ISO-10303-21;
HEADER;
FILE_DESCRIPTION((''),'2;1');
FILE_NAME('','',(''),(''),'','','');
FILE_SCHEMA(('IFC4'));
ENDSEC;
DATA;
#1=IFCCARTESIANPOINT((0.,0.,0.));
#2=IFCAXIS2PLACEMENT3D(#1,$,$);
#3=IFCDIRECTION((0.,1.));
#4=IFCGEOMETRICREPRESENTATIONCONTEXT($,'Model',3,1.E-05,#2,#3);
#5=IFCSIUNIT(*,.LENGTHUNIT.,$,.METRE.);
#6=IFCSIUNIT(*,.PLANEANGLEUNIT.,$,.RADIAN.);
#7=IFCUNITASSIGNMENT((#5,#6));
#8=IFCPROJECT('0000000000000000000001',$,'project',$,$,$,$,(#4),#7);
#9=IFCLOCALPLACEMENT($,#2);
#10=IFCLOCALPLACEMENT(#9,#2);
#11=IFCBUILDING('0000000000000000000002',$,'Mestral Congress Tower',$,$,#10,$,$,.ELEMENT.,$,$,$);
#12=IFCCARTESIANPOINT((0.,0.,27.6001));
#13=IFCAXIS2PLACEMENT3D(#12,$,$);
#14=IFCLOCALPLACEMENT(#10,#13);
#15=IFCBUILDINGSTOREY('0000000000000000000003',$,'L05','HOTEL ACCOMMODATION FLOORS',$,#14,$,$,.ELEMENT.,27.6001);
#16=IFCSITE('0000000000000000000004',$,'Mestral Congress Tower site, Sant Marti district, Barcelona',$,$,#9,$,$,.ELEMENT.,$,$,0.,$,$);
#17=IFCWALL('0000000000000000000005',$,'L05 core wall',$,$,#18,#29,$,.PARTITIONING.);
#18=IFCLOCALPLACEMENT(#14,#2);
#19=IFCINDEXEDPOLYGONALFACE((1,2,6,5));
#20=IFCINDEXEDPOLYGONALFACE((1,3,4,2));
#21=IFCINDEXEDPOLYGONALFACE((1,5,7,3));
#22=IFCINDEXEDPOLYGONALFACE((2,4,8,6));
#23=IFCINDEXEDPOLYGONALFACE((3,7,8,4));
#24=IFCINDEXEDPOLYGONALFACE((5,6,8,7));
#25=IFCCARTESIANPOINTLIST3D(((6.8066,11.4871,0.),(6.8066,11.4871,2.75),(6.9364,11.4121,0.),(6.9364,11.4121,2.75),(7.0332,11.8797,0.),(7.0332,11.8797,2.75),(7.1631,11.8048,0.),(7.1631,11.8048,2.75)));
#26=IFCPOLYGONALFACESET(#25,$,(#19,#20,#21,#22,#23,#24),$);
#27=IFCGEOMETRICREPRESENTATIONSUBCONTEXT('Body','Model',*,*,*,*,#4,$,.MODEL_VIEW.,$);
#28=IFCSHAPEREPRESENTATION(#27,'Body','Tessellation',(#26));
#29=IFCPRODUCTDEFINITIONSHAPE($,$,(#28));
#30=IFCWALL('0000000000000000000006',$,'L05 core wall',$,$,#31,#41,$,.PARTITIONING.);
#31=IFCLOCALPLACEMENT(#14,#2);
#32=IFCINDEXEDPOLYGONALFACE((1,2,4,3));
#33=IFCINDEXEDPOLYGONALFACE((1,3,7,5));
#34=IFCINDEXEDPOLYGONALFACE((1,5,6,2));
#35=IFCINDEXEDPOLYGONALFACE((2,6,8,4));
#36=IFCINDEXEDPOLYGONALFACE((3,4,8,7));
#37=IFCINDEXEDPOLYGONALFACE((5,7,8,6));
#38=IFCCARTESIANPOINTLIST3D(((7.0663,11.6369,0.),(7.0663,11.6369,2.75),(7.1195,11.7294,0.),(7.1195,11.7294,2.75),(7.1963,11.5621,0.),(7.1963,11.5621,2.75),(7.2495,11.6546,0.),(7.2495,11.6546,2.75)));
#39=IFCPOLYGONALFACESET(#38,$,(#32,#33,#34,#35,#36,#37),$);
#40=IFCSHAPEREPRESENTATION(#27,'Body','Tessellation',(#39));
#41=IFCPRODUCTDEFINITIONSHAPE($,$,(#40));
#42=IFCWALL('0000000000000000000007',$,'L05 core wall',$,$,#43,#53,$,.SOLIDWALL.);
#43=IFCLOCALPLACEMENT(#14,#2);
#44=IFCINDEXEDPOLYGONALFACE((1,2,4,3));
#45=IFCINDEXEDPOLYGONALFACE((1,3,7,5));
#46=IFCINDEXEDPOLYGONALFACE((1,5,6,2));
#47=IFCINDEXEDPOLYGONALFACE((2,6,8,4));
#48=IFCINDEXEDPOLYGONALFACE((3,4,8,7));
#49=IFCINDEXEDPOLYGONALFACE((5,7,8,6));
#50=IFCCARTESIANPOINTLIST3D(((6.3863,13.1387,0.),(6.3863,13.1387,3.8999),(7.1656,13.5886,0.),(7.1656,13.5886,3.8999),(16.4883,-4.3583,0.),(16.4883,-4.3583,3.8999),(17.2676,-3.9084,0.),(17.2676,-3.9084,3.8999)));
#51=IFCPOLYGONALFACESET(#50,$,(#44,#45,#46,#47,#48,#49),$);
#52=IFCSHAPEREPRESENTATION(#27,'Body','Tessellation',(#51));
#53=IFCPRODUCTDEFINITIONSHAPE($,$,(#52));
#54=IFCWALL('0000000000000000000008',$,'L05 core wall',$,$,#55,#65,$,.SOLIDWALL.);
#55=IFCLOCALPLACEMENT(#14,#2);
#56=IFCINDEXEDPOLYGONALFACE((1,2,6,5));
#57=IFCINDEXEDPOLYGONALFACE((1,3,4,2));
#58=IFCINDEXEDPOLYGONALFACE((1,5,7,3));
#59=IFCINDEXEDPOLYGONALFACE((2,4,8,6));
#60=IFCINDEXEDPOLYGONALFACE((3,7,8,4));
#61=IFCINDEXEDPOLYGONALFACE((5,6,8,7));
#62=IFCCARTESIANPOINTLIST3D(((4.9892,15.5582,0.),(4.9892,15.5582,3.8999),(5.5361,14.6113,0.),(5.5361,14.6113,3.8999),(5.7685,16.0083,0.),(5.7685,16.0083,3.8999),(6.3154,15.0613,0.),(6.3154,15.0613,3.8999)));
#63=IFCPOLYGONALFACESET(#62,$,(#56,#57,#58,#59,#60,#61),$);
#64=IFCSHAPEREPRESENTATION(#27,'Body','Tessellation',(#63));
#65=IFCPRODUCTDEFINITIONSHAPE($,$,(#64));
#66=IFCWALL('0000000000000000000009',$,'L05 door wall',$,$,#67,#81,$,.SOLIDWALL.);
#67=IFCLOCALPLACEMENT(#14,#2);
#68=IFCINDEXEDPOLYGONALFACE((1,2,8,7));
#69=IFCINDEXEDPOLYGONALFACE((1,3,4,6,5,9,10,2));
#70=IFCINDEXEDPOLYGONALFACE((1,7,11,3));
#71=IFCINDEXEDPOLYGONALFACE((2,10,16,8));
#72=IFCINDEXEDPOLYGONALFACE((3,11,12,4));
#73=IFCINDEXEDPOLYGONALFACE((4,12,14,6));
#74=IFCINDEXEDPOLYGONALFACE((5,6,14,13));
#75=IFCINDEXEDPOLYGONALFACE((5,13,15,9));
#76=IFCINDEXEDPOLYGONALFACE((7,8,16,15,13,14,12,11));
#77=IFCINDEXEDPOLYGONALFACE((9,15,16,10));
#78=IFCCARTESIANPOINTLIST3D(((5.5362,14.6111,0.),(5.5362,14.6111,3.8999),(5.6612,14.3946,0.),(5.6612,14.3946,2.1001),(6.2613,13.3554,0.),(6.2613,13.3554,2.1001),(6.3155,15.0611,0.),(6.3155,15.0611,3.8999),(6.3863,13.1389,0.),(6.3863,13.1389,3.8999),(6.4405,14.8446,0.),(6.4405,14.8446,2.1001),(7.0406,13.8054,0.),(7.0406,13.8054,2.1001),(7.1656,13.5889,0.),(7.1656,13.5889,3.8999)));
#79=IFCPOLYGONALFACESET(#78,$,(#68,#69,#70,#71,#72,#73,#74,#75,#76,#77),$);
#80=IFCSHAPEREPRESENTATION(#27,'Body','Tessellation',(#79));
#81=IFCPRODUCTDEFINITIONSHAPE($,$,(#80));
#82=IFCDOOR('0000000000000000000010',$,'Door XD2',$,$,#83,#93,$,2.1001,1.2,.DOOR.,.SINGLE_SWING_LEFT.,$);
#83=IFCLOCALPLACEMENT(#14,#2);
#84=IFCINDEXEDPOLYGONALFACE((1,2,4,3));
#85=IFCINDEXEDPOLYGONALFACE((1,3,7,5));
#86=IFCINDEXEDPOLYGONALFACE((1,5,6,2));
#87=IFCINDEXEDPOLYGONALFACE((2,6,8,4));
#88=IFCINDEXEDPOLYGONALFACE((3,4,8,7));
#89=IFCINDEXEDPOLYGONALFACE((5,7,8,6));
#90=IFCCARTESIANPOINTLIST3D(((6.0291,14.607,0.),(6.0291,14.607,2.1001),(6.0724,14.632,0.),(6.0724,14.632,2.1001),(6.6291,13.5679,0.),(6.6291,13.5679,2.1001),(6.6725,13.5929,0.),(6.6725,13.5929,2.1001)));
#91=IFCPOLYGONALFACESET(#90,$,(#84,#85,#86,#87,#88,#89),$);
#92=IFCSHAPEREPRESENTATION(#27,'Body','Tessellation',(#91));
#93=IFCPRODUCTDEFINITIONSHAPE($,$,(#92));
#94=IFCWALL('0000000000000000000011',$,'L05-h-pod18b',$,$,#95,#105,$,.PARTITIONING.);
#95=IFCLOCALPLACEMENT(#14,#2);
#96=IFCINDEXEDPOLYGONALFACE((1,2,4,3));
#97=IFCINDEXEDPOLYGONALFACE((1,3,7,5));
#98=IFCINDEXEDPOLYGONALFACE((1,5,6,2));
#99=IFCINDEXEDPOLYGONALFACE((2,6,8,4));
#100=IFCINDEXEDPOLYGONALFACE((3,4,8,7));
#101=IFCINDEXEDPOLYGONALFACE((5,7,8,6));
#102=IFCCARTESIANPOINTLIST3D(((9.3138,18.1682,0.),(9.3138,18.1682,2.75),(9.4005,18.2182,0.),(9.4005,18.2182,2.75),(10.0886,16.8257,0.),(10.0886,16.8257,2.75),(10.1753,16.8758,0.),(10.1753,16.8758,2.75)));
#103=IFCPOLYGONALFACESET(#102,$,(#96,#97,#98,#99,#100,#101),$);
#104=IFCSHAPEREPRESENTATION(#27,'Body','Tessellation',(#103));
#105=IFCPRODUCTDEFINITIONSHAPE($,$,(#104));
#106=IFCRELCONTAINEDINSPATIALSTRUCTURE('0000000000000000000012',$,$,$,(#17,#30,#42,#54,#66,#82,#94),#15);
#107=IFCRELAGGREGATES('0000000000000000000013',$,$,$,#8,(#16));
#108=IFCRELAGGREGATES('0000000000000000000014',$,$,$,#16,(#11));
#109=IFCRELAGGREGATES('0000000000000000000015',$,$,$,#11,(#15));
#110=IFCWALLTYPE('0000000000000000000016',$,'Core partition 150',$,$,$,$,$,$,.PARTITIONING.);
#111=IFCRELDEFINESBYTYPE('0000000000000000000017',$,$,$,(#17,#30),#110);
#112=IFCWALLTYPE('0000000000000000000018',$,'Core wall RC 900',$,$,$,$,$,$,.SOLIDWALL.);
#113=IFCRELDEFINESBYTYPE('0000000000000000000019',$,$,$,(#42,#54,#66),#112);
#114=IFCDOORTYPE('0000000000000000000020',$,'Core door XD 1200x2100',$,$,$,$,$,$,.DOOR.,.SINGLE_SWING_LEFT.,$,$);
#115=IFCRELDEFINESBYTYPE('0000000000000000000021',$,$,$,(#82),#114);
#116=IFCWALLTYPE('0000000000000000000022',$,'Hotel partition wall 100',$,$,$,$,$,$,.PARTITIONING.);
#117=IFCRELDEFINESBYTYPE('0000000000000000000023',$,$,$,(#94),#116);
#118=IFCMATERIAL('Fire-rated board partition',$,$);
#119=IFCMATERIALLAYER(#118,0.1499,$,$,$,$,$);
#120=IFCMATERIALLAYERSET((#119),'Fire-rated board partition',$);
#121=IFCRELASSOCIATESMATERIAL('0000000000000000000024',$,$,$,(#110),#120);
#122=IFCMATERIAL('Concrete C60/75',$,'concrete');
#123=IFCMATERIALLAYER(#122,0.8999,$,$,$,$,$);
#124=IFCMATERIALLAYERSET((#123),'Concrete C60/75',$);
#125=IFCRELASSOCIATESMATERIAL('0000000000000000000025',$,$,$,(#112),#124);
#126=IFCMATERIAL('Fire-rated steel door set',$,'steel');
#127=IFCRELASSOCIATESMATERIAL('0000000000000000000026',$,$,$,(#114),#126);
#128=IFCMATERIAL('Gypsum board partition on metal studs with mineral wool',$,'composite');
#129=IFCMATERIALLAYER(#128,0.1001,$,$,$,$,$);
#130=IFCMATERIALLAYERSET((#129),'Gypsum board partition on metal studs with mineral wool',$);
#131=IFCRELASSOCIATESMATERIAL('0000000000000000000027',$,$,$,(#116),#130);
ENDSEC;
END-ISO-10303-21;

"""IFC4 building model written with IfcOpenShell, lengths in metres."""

from ifc_helpers import new_model, si_unit, direction, frame, frame_2d, origin, place, context, subcontext, project, spatial, rectangle, extrude, material, layer, layer_set, type_object, element, fill, save


model = new_model("IFC4")

# Units and contexts
model_context = context("Model", 3, precision=1e-05, world=origin(), true_north=direction((0.0, 1.0)))
body_context = subcontext(model_context, "Body", "Model", "MODEL_VIEW")
ifc_project = project(units=[si_unit("LENGTHUNIT", "METRE"), si_unit("PLANEANGLEUNIT", "RADIAN")], contexts=[model_context])

# Site, building, storey
site_placement = place(None, origin())
site = spatial("IfcSite", under=ifc_project, at=site_placement, Name="Mestral Congress Tower site, Sant Marti district, Barcelona", CompositionType="ELEMENT", RefElevation=0.0)
building_placement = place(site_placement, origin())
building = spatial("IfcBuilding", under=site, at=building_placement, Name="Mestral Congress Tower", CompositionType="ELEMENT")
storey_placement = place(building_placement, frame((0.0, 0.0, 27.6001)))
storey = spatial("IfcBuildingStorey", under=building, at=storey_placement, Name="L05", Description="HOTEL ACCOMMODATION FLOORS", CompositionType="ELEMENT", Elevation=27.6001)

# Walls
ifc_material_1 = material(Name="Fire-rated board partition")
ifc_layer_1 = layer(ifc_material_1, 0.1499)
ifc_layer_set_1 = layer_set([ifc_layer_1], Name="Fire-rated board partition")
wall_type_1 = type_object("IfcWallType", Name="Core partition 150", PredefinedType="PARTITIONING", material=ifc_layer_set_1)
wall_1_placement = place(storey_placement, frame((6.8716, 11.4497, 0.0), z_axis=(0.0, 0.0, 1.0), x_axis=(0.499847, 0.866114, 0.0)))
element("IfcWall", 1, at=wall_1_placement, inside=storey, type_object=wall_type_1, Name="L05 core wall", PredefinedType="PARTITIONING", context=body_context, shape_type="SweptSolid", body=[
    extrude(rectangle(XDim=0.4534, YDim=0.1499, at=frame_2d((0.2266, 0.0))), origin(), (0.0, 0.0, 1.0), 2.75),
])
wall_2_placement = place(storey_placement, frame((7.1313, 11.5996, 0.0), z_axis=(0.0, 0.0, 1.0), x_axis=(0.4986, 0.866832, 0.0)))
element("IfcWall", 2, at=wall_2_placement, inside=storey, type_object=wall_type_1, Name="L05 core wall", PredefinedType="PARTITIONING", context=body_context, shape_type="SweptSolid", body=[
    extrude(rectangle(XDim=0.1067, YDim=0.1499, at=frame_2d((0.0532, 0.0))), origin(), (0.0, 0.0, 1.0), 2.75),
])
ifc_material_2 = material(Name="Concrete C60/75", Category="concrete")
ifc_layer_2 = layer(ifc_material_2, 0.8999)
ifc_layer_set_2 = layer_set([ifc_layer_2], Name="Concrete C60/75")
wall_type_2 = type_object("IfcWallType", Name="Core wall RC 900", PredefinedType="SOLIDWALL", material=ifc_layer_set_2)
wall_3_placement = place(storey_placement, frame((6.7759, 13.3638, 0.0), z_axis=(0.0, 0.0, 1.0), x_axis=(0.500004, -0.866023, 0.0)))
element("IfcWall", 3, at=wall_3_placement, inside=storey, type_object=wall_type_2, Name="L05 core wall", PredefinedType="SOLIDWALL", context=body_context, shape_type="SweptSolid", body=[
    extrude(rectangle(XDim=20.2039, YDim=0.8999, at=frame_2d((10.1021, 0.0))), origin(), (0.0, 0.0, 1.0), 3.8999),
])
wall_4_placement = place(storey_placement, frame((5.9258, 14.8362, 0.0), z_axis=(0.0, 0.0, 1.0), x_axis=(-0.500077, 0.865981, 0.0)))
element("IfcWall", 4, at=wall_4_placement, inside=storey, type_object=wall_type_2, Name="L05 core wall", PredefinedType="SOLIDWALL", context=body_context, shape_type="SweptSolid", body=[
    extrude(rectangle(XDim=1.0935, YDim=0.8999, at=frame_2d((0.5469, 0.0))), origin(), (0.0, 0.0, 1.0), 3.8999),
])

# Wall, opening, door
wall_5_placement = place(storey_placement, frame((5.9258, 14.8362, 0.0), z_axis=(0.0, 0.0, 1.0), x_axis=(0.500062, -0.865989, 0.0)))
wall_5 = element("IfcWall", 5, at=wall_5_placement, inside=storey, type_object=wall_type_2, Name="L05 door wall", PredefinedType="SOLIDWALL", context=body_context, shape_type="SweptSolid", body=[
    extrude(rectangle(XDim=1.7, YDim=0.8999, at=frame_2d((0.8501, 0.0))), origin(), (0.0, 0.0, 1.0), 3.8999),
])
opening_1_placement = place(wall_5_placement, frame((0.25, 0.0, 0.0)))
opening_1 = element("IfcOpeningElement", 6, at=opening_1_placement, cuts=wall_5, PredefinedType="OPENING", context=body_context, shape_type="SweptSolid", body=[
    extrude(rectangle(XDim=1.2, YDim=2.1001, at=frame_2d((0.6001, 1.05))), frame((0.0, 0.46, 0.0), z_axis=(0.0, -1.0, 0.0), x_axis=(1.0, 0.0, 0.0)), (0.0, 0.0, 1.0), 0.9199),
])
ifc_material_3 = material(Name="Fire-rated steel door set", Category="steel")
door_type_1 = type_object("IfcDoorType", Name="Core door XD 1200x2100", OperationType="SINGLE_SWING_LEFT", PredefinedType="DOOR", material=ifc_material_3)
door_1_placement = place(opening_1_placement, origin())
door_1 = element("IfcDoor", 7, at=door_1_placement, inside=storey, type_object=door_type_1, Name="Door XD2", OperationType="SINGLE_SWING_LEFT", OverallHeight=2.1001, OverallWidth=1.2, PredefinedType="DOOR", context=body_context, shape_type="SweptSolid", body=[
    extrude(rectangle(XDim=1.2, YDim=2.1001, at=frame_2d((0.6001, 1.05))), frame((0.0, 0.0249, 0.0), z_axis=(0.0, -1.0, 0.0), x_axis=(1.0, 0.0, 0.0)), (0.0, 0.0, 1.0), 0.05),
])
fill(opening_1, door_1)

# Wall
ifc_material_4 = material(Name="Gypsum board partition on metal studs with mineral wool", Category="composite")
ifc_layer_3 = layer(ifc_material_4, 0.1001)
ifc_layer_set_3 = layer_set([ifc_layer_3], Name="Gypsum board partition on metal studs with mineral wool")
wall_type_3 = type_object("IfcWallType", Name="Hotel partition wall 100", PredefinedType="PARTITIONING", material=ifc_layer_set_3)
wall_6_placement = place(storey_placement, frame((9.3572, 18.1931, 0.0), z_axis=(0.0, 0.0, 1.0), x_axis=(0.4999, -0.866083, 0.0)))
element("IfcWall", 8, at=wall_6_placement, inside=storey, type_object=wall_type_3, Name="L05-h-pod18b", PredefinedType="PARTITIONING", context=body_context, shape_type="SweptSolid", body=[
    extrude(rectangle(XDim=1.55, YDim=0.1001, at=frame_2d((0.7749, 0.0))), origin(), (0.0, 0.0, 1.0), 2.75),
])

save(model, "model.ifc")
